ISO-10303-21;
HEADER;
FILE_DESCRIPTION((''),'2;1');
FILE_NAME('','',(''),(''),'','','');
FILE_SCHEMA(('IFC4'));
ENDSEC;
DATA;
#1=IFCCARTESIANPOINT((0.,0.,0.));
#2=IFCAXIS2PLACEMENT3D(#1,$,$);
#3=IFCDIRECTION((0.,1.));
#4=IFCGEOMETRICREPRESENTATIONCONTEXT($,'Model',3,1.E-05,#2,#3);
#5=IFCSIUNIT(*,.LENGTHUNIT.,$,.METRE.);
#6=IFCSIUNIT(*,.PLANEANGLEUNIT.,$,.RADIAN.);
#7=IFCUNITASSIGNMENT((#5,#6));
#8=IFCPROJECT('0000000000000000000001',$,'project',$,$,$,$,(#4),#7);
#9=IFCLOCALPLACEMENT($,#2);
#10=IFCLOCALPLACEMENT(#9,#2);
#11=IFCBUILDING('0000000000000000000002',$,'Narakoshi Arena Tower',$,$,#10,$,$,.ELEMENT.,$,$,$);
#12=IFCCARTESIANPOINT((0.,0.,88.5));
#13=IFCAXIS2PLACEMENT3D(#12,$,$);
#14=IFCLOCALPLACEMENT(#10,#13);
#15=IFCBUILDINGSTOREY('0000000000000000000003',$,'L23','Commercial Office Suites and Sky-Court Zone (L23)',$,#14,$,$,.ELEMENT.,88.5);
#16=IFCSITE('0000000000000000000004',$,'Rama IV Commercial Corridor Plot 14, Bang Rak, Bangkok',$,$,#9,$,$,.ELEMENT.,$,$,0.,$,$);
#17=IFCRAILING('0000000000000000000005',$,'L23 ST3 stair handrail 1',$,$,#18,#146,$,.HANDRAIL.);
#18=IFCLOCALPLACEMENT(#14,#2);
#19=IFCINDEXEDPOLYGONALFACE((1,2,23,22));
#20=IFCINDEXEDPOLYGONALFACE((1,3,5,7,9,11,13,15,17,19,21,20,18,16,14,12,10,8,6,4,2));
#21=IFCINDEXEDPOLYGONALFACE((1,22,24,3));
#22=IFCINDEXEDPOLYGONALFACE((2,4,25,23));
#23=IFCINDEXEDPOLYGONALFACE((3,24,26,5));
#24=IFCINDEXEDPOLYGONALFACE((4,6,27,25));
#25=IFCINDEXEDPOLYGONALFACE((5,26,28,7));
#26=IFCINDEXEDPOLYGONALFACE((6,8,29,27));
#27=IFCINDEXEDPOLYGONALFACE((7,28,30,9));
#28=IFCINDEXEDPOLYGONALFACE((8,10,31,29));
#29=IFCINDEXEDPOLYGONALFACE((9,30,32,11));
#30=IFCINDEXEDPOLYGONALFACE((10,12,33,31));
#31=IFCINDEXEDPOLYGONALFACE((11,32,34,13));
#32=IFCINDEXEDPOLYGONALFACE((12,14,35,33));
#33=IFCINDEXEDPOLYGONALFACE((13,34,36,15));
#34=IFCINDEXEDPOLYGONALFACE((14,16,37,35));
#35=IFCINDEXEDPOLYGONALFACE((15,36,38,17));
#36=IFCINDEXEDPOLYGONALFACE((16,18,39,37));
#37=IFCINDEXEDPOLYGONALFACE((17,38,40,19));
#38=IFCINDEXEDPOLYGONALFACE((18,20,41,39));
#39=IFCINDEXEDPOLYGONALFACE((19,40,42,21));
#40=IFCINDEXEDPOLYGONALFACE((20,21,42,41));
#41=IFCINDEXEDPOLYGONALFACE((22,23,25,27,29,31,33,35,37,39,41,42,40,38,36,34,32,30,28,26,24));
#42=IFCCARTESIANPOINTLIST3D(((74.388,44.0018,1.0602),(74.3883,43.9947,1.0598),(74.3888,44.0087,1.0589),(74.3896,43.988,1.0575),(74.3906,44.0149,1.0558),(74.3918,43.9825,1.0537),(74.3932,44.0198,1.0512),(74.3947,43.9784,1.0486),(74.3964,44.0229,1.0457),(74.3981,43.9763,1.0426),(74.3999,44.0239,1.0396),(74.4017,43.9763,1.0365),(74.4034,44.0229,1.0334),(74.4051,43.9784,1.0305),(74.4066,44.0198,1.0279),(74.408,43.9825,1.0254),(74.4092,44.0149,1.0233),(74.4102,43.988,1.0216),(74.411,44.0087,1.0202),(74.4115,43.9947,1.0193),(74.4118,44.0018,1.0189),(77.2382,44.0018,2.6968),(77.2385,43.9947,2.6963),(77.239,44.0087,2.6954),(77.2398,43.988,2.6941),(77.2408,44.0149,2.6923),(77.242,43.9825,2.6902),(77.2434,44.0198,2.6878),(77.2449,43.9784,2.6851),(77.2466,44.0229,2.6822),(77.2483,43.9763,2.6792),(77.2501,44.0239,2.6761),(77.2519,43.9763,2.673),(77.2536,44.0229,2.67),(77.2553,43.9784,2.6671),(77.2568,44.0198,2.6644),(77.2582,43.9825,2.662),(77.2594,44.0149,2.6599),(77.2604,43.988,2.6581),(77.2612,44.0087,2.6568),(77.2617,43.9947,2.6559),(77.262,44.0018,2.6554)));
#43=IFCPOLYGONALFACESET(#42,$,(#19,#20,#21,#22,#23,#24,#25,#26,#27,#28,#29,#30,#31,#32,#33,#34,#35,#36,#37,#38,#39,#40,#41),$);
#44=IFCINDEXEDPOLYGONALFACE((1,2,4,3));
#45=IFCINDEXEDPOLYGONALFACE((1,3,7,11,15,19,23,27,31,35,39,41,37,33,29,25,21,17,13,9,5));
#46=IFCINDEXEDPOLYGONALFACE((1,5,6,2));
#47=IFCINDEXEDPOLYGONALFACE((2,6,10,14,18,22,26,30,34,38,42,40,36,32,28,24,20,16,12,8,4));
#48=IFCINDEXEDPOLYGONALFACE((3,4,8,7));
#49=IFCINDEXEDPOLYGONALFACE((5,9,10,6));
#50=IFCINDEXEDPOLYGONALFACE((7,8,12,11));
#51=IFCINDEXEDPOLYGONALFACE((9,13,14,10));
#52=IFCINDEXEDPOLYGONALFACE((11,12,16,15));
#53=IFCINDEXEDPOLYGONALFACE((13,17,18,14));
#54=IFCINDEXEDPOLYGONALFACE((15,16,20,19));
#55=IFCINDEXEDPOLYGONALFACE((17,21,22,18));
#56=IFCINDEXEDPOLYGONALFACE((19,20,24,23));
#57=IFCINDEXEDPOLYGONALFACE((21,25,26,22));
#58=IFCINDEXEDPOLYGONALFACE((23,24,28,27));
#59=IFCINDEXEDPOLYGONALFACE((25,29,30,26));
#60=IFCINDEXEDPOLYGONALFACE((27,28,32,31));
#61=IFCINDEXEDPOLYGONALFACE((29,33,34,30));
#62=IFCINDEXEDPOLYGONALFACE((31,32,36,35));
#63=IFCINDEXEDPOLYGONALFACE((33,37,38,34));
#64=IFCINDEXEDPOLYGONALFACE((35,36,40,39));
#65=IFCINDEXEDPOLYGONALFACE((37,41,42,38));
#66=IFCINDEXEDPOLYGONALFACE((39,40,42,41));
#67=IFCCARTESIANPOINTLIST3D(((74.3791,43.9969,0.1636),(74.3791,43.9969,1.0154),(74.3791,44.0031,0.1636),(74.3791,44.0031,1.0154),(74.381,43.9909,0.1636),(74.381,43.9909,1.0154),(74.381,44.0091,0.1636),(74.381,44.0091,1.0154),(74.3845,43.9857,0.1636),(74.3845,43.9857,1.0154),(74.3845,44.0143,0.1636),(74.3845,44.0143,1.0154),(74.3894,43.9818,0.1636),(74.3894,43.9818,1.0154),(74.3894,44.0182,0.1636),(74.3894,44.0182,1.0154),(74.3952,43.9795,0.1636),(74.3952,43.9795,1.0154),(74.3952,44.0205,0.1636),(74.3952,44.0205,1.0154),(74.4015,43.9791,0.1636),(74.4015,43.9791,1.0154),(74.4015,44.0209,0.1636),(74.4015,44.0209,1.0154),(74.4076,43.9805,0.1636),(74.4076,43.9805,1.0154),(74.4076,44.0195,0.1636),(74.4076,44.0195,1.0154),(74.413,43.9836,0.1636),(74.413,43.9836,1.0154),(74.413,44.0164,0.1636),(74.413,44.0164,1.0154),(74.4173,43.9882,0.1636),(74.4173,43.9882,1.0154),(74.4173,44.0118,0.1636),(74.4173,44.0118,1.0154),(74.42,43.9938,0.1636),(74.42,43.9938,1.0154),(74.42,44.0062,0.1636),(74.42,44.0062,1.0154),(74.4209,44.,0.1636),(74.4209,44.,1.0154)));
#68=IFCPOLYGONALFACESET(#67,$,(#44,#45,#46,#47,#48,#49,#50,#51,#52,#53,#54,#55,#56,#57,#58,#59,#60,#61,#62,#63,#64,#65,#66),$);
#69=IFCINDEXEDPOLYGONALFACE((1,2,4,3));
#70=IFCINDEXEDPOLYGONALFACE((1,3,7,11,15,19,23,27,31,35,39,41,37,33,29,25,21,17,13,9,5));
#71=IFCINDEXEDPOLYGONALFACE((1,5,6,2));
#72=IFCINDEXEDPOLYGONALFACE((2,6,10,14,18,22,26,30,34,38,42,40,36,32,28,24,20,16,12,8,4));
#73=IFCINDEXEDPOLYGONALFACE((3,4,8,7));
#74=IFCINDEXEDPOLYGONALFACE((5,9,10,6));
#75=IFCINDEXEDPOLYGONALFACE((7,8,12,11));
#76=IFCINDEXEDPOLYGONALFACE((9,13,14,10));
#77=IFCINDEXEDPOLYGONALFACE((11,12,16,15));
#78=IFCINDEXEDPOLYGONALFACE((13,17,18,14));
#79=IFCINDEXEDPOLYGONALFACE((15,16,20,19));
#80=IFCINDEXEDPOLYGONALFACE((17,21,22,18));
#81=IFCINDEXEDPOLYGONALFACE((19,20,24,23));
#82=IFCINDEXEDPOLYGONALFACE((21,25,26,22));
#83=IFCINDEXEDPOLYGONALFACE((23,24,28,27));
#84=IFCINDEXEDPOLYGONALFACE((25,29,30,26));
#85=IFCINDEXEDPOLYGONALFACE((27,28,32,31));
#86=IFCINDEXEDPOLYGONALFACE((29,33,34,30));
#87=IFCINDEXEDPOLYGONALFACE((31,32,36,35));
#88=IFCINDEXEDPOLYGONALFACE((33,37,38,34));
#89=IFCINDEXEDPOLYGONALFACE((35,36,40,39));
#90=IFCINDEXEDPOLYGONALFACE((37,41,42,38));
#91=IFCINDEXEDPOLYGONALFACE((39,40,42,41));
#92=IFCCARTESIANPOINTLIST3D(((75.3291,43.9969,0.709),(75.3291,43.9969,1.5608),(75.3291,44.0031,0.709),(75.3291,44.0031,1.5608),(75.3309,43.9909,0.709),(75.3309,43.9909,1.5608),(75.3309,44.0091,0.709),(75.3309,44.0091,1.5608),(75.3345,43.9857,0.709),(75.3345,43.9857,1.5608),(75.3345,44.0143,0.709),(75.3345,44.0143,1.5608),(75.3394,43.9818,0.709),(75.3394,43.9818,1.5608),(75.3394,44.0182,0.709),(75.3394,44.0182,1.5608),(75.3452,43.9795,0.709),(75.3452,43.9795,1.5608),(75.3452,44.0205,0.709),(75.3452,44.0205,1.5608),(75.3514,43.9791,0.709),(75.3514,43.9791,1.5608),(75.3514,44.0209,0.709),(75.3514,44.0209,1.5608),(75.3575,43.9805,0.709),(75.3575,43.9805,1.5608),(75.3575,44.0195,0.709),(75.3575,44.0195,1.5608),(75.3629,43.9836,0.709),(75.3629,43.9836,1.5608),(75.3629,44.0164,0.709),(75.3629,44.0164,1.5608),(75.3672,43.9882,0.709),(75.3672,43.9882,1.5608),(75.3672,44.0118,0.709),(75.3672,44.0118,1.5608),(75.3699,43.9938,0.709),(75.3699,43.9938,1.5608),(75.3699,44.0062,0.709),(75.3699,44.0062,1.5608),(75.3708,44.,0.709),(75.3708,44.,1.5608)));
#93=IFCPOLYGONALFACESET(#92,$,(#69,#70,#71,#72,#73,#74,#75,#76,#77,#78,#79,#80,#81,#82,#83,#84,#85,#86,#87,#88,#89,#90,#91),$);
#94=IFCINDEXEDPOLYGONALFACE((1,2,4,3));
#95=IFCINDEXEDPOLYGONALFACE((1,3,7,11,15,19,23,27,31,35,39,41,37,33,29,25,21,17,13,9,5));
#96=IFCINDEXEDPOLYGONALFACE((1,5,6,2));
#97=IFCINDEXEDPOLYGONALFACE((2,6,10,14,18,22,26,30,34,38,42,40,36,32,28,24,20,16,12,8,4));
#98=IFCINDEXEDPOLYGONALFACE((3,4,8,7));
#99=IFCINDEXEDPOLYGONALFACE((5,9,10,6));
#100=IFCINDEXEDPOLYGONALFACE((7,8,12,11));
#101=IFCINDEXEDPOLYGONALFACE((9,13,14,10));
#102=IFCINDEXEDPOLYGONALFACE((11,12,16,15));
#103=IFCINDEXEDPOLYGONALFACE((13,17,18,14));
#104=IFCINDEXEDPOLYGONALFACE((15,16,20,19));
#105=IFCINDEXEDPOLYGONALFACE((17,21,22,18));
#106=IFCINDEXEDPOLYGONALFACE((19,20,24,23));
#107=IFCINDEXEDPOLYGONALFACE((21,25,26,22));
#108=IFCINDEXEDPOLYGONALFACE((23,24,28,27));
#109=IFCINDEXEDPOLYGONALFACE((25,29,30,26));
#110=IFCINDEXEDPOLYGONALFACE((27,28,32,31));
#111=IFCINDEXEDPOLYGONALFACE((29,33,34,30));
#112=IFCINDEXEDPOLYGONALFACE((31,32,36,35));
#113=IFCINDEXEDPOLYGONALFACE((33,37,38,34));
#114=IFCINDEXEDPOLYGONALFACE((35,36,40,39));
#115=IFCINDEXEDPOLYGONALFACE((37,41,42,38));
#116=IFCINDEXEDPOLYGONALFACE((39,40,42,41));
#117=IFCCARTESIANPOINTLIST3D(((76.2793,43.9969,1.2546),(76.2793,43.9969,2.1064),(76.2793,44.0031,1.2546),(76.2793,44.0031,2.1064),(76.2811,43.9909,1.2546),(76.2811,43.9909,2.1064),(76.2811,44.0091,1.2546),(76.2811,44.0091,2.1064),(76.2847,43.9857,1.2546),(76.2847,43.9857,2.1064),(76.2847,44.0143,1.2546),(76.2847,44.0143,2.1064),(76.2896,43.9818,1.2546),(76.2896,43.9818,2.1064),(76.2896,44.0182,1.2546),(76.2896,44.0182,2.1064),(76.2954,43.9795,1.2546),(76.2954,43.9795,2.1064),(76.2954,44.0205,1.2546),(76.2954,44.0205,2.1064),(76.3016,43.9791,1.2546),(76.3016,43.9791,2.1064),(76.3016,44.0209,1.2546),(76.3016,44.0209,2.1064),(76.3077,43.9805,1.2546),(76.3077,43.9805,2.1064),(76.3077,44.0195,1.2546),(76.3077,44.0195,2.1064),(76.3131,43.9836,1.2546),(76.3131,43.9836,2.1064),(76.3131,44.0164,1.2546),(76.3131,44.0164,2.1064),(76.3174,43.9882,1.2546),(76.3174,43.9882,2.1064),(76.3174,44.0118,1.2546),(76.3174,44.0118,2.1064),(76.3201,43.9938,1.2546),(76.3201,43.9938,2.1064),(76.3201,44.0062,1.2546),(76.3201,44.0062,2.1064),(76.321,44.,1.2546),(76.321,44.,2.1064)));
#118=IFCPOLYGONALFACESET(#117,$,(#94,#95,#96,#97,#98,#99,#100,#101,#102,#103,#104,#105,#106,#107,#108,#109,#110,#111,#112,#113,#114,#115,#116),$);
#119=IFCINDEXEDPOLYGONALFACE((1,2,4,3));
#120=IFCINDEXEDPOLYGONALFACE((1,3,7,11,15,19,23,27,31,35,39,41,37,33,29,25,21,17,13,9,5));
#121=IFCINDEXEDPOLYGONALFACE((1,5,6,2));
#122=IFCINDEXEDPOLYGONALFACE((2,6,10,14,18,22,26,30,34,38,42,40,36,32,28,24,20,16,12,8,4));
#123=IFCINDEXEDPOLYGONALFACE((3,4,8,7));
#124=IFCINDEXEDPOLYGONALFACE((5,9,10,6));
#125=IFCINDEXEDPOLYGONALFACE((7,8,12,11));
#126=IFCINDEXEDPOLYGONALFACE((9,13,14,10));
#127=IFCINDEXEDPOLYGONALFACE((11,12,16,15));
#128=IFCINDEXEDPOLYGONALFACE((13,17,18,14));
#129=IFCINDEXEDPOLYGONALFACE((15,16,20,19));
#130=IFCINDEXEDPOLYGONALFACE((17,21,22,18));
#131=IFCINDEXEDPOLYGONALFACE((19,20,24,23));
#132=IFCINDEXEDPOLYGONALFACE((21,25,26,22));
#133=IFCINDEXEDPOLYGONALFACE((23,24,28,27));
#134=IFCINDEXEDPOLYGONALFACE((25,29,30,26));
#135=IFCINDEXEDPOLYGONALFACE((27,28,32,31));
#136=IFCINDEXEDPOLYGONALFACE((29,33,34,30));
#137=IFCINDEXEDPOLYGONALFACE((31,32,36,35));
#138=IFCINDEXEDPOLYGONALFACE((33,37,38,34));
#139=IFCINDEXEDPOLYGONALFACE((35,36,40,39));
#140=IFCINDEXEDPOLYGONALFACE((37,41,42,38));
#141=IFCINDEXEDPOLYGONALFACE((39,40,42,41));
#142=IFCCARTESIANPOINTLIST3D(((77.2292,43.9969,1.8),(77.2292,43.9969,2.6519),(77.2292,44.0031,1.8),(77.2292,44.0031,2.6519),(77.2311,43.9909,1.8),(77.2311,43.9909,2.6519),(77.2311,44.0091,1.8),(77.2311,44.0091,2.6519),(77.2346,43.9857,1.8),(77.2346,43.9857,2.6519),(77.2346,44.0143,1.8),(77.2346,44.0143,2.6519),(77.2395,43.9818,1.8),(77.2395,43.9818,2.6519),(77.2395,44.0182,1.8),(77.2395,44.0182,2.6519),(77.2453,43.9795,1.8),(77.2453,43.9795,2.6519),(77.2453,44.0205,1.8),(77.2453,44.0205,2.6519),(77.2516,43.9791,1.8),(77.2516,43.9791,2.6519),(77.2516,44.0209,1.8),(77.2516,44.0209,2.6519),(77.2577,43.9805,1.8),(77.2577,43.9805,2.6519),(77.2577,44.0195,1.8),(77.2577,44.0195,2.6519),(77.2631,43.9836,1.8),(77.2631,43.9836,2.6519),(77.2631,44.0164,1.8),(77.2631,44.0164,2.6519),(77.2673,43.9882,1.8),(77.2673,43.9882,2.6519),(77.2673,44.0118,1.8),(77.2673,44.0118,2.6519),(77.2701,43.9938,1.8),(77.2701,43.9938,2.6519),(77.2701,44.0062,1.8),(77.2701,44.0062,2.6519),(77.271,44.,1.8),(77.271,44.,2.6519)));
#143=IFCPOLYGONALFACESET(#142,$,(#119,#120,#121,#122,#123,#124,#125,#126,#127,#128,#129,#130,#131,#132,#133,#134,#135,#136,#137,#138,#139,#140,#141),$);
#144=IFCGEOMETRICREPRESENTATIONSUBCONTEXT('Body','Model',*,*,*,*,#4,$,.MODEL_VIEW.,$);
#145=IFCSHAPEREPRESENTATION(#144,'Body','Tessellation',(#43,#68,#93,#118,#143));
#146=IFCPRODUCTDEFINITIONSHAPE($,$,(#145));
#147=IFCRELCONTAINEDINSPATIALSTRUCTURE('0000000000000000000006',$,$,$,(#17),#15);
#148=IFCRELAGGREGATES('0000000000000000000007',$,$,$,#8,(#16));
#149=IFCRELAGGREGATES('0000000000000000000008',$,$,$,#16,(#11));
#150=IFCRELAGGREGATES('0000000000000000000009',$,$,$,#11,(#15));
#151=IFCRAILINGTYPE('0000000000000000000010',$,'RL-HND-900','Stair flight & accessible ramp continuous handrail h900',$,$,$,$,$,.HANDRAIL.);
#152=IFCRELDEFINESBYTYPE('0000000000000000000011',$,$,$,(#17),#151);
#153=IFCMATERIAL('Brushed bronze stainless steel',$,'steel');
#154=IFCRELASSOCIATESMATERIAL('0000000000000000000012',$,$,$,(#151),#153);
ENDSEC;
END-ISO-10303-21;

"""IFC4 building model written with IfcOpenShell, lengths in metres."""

from ifc_helpers import new_model, si_unit, direction, frame, origin, origin_2d, place, context, subcontext, project, spatial, circle, extrude, material, type_object, element, save


model = new_model("IFC4")

# Units and contexts
model_context = context("Model", 3, precision=1e-05, world=origin(), true_north=direction((0.0, 1.0)))
body_context = subcontext(model_context, "Body", "Model", "MODEL_VIEW")
ifc_project = project(units=[si_unit("LENGTHUNIT", "METRE"), si_unit("PLANEANGLEUNIT", "RADIAN")], contexts=[model_context])

# Site, building, storey
site_placement = place(None, origin())
site = spatial("IfcSite", under=ifc_project, at=site_placement, Name="Rama IV Commercial Corridor Plot 14, Bang Rak, Bangkok", CompositionType="ELEMENT", RefElevation=0.0)
building_placement = place(site_placement, origin())
building = spatial("IfcBuilding", under=site, at=building_placement, Name="Narakoshi Arena Tower", CompositionType="ELEMENT")
storey_placement = place(building_placement, frame((0.0, 0.0, 88.5)))
storey = spatial("IfcBuildingStorey", under=building, at=storey_placement, Name="L23", Description="Commercial Office Suites and Sky-Court Zone (L23)", CompositionType="ELEMENT", Elevation=88.5)

# Railing
ifc_material_1 = material(Name="Brushed bronze stainless steel", Category="steel")
railing_type_1 = type_object("IfcRailingType", Name="RL-HND-900", Description="Stair flight & accessible ramp continuous handrail h900", PredefinedType="HANDRAIL", material=ifc_material_1)
for number, where, name in (
    (1, (74.3999, 44.0, 0.1636), "L23 ST3 stair handrail 1"),
):
    element("IfcRailing", number, at=place(storey_placement, frame(where)), inside=storey, type_object=railing_type_1, Name=name, PredefinedType="HANDRAIL", context=body_context, shape_type="SweptSolid", body=[
        extrude(circle(Radius=0.0239, at=origin_2d()), frame((0.0, 0.0, 0.876), z_axis=(0.867213, 0.0, 0.497938), x_axis=(0.0, 1.0, 0.0)), (0.0, 0.0, 1.0), 3.2866),
        extrude(circle(Radius=0.021, at=origin_2d()), origin(), (0.0, 0.0, 1.0), 0.8518),
        extrude(circle(Radius=0.021, at=origin_2d()), frame((0.95, 0.0, 0.5454)), (0.0, 0.0, 1.0), 0.8518),
        extrude(circle(Radius=0.021, at=origin_2d()), frame((1.9001, 0.0, 1.0911)), (0.0, 0.0, 1.0), 0.8518),
        extrude(circle(Radius=0.021, at=origin_2d()), frame((2.8501, 0.0, 1.6365)), (0.0, 0.0, 1.0), 0.8518),
    ])

save(model, "model.ifc")
